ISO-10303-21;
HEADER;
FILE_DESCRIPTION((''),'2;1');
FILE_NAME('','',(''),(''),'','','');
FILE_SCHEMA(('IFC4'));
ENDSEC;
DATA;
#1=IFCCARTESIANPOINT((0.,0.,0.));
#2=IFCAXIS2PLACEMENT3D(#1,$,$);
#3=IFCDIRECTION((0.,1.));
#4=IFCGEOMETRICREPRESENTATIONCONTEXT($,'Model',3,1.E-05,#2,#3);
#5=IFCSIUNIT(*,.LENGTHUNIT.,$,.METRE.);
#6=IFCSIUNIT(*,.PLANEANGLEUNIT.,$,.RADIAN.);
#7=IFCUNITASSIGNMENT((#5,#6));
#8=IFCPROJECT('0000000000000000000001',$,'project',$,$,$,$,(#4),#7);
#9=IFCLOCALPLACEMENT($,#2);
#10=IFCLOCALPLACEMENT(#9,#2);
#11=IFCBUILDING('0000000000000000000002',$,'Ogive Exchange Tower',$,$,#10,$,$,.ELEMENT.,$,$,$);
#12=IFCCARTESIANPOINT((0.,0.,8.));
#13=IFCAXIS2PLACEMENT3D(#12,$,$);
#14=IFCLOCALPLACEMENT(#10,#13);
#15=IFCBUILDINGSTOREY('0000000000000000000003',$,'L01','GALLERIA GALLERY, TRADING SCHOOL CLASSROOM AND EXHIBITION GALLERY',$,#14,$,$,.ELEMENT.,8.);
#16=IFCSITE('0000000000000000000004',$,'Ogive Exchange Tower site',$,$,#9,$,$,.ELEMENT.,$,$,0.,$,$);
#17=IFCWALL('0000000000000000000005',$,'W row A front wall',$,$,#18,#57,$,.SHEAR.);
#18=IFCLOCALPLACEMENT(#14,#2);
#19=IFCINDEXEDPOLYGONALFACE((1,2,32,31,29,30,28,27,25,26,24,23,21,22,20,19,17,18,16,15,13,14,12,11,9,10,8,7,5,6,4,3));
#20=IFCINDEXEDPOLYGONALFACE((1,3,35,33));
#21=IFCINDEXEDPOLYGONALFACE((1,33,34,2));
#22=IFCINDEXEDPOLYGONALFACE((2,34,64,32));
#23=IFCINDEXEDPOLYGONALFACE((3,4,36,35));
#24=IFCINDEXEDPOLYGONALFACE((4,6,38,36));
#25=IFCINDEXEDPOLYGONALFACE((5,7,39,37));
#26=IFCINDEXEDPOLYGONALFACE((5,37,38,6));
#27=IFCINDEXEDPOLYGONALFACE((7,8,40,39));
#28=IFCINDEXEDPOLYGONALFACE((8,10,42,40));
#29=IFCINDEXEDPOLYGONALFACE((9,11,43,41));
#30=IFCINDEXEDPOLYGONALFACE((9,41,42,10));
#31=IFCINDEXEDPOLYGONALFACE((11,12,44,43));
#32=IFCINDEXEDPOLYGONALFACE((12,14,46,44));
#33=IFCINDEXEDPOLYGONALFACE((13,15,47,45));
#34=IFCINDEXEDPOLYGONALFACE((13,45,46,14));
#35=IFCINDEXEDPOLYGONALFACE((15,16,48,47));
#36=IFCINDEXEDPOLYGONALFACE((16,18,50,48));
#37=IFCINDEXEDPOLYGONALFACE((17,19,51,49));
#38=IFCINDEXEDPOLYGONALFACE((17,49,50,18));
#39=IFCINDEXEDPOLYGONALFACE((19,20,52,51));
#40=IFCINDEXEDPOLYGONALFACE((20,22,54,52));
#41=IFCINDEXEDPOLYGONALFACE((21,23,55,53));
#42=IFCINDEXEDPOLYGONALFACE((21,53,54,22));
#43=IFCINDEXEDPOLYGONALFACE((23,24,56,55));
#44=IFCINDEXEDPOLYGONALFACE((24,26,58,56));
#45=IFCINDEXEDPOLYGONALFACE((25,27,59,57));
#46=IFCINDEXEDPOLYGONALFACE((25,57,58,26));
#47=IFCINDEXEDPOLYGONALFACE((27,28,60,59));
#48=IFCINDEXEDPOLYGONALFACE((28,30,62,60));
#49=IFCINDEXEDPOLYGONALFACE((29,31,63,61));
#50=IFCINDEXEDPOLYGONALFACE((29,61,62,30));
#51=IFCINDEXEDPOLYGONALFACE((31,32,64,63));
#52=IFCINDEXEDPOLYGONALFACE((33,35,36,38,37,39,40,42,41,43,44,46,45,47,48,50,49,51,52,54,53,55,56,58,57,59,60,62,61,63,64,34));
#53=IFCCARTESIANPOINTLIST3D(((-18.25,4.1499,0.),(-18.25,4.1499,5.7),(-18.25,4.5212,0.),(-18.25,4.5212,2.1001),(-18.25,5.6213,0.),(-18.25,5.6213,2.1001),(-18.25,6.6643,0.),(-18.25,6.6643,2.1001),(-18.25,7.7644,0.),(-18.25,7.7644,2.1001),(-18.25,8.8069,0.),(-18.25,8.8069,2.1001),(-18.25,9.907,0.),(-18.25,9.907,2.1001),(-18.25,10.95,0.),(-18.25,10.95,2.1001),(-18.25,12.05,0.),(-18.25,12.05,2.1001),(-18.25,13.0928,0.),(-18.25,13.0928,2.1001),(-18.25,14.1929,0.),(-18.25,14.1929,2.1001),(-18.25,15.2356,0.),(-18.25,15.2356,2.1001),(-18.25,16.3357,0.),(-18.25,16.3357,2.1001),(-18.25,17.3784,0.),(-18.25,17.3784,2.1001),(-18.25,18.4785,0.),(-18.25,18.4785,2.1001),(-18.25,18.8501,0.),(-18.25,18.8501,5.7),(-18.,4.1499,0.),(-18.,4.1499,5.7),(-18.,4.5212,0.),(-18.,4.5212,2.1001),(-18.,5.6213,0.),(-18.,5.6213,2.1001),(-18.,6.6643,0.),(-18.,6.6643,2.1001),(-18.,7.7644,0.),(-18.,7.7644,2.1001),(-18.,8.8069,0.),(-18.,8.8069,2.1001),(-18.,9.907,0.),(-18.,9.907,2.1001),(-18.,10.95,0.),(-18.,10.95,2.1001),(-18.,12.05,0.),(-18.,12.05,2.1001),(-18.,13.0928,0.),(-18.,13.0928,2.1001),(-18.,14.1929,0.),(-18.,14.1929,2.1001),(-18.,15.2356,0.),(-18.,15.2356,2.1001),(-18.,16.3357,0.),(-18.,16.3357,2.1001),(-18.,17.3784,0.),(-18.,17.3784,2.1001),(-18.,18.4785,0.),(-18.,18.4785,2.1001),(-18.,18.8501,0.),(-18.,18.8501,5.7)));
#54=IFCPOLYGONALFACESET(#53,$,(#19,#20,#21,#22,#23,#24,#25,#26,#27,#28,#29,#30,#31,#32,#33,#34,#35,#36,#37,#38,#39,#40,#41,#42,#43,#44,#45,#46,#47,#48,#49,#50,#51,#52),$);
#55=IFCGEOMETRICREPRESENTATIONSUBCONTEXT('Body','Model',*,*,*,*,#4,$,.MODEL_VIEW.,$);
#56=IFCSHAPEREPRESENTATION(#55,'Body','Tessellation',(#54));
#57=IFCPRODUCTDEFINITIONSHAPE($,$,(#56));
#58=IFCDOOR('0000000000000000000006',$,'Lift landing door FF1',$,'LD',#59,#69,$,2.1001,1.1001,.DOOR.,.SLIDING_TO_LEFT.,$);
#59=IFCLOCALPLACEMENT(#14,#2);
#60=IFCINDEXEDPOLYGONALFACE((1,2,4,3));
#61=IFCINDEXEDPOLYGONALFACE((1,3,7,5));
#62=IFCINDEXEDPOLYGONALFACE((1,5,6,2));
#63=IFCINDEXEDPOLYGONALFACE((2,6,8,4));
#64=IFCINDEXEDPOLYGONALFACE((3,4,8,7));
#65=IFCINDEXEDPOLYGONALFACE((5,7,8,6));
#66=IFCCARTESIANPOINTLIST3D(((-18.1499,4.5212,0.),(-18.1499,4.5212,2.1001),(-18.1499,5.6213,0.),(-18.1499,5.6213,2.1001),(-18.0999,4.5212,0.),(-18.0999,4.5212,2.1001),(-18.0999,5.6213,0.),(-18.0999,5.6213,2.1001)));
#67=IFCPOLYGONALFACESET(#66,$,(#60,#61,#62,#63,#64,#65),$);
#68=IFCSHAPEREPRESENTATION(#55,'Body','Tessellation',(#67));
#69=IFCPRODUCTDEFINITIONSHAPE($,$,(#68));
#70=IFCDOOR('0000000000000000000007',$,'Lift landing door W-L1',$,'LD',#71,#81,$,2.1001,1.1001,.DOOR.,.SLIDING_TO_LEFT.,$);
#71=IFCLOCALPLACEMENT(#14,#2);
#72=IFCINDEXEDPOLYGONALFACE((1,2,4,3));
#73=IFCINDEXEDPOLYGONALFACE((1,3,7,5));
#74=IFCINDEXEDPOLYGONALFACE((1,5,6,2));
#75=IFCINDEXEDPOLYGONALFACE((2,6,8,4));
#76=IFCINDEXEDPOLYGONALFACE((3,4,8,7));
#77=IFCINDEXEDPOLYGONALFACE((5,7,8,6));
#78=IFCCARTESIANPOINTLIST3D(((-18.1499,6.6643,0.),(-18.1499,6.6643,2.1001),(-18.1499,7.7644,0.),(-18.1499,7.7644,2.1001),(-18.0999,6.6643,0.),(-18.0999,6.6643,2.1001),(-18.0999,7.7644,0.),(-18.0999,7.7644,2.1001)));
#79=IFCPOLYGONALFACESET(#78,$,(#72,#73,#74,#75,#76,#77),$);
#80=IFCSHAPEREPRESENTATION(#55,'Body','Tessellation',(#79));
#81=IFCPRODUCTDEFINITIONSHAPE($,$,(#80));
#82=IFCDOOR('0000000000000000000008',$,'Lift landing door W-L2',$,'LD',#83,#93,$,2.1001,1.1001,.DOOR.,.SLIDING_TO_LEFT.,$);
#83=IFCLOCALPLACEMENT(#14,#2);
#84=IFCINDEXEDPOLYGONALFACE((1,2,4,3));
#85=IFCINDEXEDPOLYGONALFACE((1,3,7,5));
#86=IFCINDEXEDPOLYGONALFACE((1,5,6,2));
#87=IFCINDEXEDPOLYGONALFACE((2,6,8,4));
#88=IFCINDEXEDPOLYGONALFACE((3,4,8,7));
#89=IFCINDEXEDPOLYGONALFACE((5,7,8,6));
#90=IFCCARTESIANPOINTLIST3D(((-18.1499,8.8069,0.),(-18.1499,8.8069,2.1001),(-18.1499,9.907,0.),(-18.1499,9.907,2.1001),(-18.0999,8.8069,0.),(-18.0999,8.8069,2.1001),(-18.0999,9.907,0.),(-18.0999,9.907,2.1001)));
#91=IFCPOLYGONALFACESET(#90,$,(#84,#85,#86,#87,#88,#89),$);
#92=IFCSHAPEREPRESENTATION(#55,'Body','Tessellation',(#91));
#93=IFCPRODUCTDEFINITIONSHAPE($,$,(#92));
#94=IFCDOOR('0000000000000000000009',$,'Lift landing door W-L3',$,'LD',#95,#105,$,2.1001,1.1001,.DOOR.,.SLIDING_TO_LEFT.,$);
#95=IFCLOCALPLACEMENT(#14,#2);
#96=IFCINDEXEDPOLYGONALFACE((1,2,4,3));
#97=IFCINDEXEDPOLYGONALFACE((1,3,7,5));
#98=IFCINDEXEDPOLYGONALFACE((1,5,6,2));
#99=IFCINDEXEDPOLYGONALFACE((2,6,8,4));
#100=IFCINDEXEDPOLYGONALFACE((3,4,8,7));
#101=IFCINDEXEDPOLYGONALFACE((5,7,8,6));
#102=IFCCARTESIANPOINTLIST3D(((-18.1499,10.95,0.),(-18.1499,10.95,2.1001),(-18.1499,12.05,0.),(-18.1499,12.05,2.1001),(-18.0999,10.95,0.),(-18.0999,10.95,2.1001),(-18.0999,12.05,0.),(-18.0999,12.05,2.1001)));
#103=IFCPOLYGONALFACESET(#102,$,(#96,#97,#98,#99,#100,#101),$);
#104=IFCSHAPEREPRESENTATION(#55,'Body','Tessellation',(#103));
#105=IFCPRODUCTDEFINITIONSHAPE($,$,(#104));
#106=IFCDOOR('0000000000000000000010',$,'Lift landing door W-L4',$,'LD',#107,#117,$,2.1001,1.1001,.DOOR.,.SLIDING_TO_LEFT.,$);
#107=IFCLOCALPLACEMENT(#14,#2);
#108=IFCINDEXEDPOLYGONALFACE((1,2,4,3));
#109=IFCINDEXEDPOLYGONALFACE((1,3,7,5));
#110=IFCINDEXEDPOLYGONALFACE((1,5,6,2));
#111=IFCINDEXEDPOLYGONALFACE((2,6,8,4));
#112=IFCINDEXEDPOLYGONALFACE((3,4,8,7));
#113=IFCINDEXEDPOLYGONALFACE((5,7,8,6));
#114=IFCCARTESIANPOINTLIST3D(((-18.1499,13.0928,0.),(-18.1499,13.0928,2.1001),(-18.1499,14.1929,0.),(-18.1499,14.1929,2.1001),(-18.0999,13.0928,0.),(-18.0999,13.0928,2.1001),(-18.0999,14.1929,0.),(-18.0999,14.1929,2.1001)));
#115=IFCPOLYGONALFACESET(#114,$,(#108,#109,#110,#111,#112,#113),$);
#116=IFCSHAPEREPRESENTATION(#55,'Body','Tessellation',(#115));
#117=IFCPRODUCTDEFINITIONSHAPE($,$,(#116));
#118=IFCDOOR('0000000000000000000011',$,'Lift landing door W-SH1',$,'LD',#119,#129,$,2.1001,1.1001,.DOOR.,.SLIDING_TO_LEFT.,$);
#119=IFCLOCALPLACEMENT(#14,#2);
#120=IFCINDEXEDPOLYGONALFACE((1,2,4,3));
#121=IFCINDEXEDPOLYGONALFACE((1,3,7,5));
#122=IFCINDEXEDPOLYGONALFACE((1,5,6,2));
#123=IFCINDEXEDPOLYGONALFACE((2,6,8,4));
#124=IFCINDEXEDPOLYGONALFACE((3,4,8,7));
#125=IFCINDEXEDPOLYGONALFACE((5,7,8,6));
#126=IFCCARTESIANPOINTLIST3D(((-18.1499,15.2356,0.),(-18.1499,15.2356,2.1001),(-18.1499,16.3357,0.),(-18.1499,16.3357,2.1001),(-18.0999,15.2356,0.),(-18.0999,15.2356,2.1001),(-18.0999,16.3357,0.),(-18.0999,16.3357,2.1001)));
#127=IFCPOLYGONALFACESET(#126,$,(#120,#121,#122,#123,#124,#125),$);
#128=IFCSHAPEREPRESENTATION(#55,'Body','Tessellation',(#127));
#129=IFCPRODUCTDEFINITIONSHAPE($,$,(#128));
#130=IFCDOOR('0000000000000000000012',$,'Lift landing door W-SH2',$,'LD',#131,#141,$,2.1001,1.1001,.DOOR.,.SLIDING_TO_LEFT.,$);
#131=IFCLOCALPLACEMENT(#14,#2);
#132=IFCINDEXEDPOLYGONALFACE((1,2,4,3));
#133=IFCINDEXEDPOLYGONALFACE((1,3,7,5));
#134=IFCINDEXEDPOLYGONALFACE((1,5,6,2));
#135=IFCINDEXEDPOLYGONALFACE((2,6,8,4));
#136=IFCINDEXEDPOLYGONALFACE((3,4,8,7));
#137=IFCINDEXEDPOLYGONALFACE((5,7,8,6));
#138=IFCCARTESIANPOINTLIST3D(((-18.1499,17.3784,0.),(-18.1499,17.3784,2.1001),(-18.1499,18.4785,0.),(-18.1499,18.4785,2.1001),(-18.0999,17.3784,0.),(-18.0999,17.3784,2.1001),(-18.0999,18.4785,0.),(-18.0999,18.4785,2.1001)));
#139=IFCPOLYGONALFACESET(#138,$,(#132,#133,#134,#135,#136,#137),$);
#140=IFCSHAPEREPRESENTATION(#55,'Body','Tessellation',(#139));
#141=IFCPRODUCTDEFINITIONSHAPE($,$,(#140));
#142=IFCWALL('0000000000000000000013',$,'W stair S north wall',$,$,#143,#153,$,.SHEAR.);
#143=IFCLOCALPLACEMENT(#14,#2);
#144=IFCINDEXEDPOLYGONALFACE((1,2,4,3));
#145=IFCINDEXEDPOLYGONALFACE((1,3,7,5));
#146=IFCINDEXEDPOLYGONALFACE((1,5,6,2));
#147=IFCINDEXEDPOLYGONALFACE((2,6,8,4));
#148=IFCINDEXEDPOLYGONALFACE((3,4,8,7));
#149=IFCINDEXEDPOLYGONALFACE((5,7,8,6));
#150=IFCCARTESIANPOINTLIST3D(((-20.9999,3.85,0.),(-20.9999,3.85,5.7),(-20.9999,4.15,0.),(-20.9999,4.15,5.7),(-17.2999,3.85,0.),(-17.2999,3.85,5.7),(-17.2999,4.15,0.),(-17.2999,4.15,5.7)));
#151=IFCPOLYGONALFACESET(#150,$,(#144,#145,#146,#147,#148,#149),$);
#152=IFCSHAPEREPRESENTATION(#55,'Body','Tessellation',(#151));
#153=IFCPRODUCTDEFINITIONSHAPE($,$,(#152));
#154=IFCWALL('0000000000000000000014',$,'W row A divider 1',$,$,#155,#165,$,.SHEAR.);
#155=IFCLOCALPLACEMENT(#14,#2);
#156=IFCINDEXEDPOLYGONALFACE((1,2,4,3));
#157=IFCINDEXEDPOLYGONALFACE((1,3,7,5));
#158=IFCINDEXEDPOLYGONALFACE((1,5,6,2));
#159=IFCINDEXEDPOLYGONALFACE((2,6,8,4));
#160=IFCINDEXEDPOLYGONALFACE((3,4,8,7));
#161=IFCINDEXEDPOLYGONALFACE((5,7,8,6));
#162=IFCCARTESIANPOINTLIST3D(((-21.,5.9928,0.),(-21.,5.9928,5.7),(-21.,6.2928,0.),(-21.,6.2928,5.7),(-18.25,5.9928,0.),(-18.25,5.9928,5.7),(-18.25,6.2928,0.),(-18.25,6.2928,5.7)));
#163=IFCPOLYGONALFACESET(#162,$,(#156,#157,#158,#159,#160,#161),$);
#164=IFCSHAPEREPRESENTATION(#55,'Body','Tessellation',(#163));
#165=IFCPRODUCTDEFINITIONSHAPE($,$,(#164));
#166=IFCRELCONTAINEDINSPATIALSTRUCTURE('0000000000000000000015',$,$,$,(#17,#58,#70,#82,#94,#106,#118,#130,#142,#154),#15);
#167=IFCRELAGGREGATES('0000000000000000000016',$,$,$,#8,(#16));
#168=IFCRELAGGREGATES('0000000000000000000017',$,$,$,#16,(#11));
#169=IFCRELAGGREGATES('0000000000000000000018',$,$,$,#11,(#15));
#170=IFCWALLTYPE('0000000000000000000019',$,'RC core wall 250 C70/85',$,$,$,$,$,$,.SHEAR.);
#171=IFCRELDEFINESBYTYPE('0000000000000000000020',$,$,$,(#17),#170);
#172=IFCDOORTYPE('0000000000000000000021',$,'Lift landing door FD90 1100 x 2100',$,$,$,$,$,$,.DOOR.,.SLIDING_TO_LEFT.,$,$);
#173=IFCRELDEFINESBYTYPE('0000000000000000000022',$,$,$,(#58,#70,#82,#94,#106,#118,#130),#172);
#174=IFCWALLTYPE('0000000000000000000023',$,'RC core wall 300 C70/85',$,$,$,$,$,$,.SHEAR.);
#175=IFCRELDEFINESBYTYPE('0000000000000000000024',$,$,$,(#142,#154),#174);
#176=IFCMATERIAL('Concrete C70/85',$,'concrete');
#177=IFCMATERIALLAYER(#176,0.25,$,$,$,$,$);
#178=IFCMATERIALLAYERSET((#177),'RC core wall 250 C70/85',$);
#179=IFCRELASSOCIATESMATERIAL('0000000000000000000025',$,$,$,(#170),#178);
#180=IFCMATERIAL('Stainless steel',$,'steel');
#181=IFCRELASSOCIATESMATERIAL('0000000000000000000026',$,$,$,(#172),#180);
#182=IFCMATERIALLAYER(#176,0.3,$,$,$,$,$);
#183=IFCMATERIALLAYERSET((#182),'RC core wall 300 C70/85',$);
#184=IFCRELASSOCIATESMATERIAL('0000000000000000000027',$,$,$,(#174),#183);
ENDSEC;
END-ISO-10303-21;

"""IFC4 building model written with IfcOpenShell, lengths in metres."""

from ifc_helpers import new_model, si_unit, direction, frame, frame_2d, origin, place, context, subcontext, project, spatial, rectangle, extrude, material, layer, layer_set, type_object, element, fill, save


model = new_model("IFC4")

# Units and contexts
model_context = context("Model", 3, precision=1e-05, world=origin(), true_north=direction((0.0, 1.0)))
body_context = subcontext(model_context, "Body", "Model", "MODEL_VIEW")
ifc_project = project(units=[si_unit("LENGTHUNIT", "METRE"), si_unit("PLANEANGLEUNIT", "RADIAN")], contexts=[model_context])

# Site, building, storey
site_placement = place(None, origin())
site = spatial("IfcSite", under=ifc_project, at=site_placement, Name="Ogive Exchange Tower site", CompositionType="ELEMENT", RefElevation=0.0)
building_placement = place(site_placement, origin())
building = spatial("IfcBuilding", under=site, at=building_placement, Name="Ogive Exchange Tower", CompositionType="ELEMENT")
storey_placement = place(building_placement, frame((0.0, 0.0, 8.0)))
storey = spatial("IfcBuildingStorey", under=building, at=storey_placement, Name="L01", Description="GALLERIA GALLERY, TRADING SCHOOL CLASSROOM AND EXHIBITION GALLERY", CompositionType="ELEMENT", Elevation=8.0)

# Shared definitions
ifc_material_1 = material(Name="Concrete C70/85", Category="concrete")

# Wall, openings, doors
ifc_layer_1 = layer(ifc_material_1, 0.25)
ifc_layer_set_1 = layer_set([ifc_layer_1], Name="RC core wall 250 C70/85")
wall_type_1 = type_object("IfcWallType", Name="RC core wall 250 C70/85", PredefinedType="SHEAR", material=ifc_layer_set_1)
wall_1_placement = place(storey_placement, frame((-18.125, 4.1499, 0.0), z_axis=(0.0, 0.0, 1.0), x_axis=(0.0, 1.0, 0.0)))
wall_1 = element("IfcWall", 1, at=wall_1_placement, inside=storey, type_object=wall_type_1, Name="W row A front wall", PredefinedType="SHEAR", context=body_context, shape_type="SweptSolid", body=[
    extrude(rectangle(XDim=14.7002, YDim=0.25, at=frame_2d((7.3501, 0.0))), origin(), (0.0, 0.0, 1.0), 5.7),
])
opening_1_placement = place(wall_1_placement, frame((0.3713, 0.0, 0.0)))
opening_1 = element("IfcOpeningElement", 2, at=opening_1_placement, cuts=wall_1, PredefinedType="OPENING", context=body_context, shape_type="SweptSolid", body=[
    extrude(rectangle(XDim=1.1001, YDim=2.1001, at=frame_2d((0.55, 1.05))), frame((0.0, 0.135, 0.0), z_axis=(0.0, -1.0, 0.0), x_axis=(1.0, 0.0, 0.0)), (0.0, 0.0, 1.0), 0.27),
])
opening_2_placement = place(wall_1_placement, frame((2.5144, 0.0, 0.0)))
opening_2 = element("IfcOpeningElement", 3, at=opening_2_placement, cuts=wall_1, PredefinedType="OPENING", context=body_context, shape_type="SweptSolid", body=[
    extrude(rectangle(XDim=1.1001, YDim=2.1001, at=frame_2d((0.55, 1.05))), frame((0.0, 0.135, 0.0), z_axis=(0.0, -1.0, 0.0), x_axis=(1.0, 0.0, 0.0)), (0.0, 0.0, 1.0), 0.27),
])
opening_3_placement = place(wall_1_placement, frame((4.657, 0.0, 0.0)))
opening_3 = element("IfcOpeningElement", 4, at=opening_3_placement, cuts=wall_1, PredefinedType="OPENING", context=body_context, shape_type="SweptSolid", body=[
    extrude(rectangle(XDim=1.1001, YDim=2.1001, at=frame_2d((0.55, 1.05))), frame((0.0, 0.135, 0.0), z_axis=(0.0, -1.0, 0.0), x_axis=(1.0, 0.0, 0.0)), (0.0, 0.0, 1.0), 0.27),
])
opening_4_placement = place(wall_1_placement, frame((6.8, 0.0, 0.0)))
opening_4 = element("IfcOpeningElement", 5, at=opening_4_placement, cuts=wall_1, PredefinedType="OPENING", context=body_context, shape_type="SweptSolid", body=[
    extrude(rectangle(XDim=1.1001, YDim=2.1001, at=frame_2d((0.55, 1.05))), frame((0.0, 0.135, 0.0), z_axis=(0.0, -1.0, 0.0), x_axis=(1.0, 0.0, 0.0)), (0.0, 0.0, 1.0), 0.27),
])
opening_5_placement = place(wall_1_placement, frame((8.9429, 0.0, 0.0)))
opening_5 = element("IfcOpeningElement", 6, at=opening_5_placement, cuts=wall_1, PredefinedType="OPENING", context=body_context, shape_type="SweptSolid", body=[
    extrude(rectangle(XDim=1.1001, YDim=2.1001, at=frame_2d((0.55, 1.05))), frame((0.0, 0.135, 0.0), z_axis=(0.0, -1.0, 0.0), x_axis=(1.0, 0.0, 0.0)), (0.0, 0.0, 1.0), 0.27),
])
opening_6_placement = place(wall_1_placement, frame((11.0857, 0.0, 0.0)))
opening_6 = element("IfcOpeningElement", 7, at=opening_6_placement, cuts=wall_1, PredefinedType="OPENING", context=body_context, shape_type="SweptSolid", body=[
    extrude(rectangle(XDim=1.1001, YDim=2.1001, at=frame_2d((0.55, 1.05))), frame((0.0, 0.135, 0.0), z_axis=(0.0, -1.0, 0.0), x_axis=(1.0, 0.0, 0.0)), (0.0, 0.0, 1.0), 0.27),
])
opening_7_placement = place(wall_1_placement, frame((13.2285, 0.0, 0.0)))
opening_7 = element("IfcOpeningElement", 8, at=opening_7_placement, cuts=wall_1, PredefinedType="OPENING", context=body_context, shape_type="SweptSolid", body=[
    extrude(rectangle(XDim=1.1001, YDim=2.1001, at=frame_2d((0.55, 1.05))), frame((0.0, 0.135, 0.0), z_axis=(0.0, -1.0, 0.0), x_axis=(1.0, 0.0, 0.0)), (0.0, 0.0, 1.0), 0.27),
])
ifc_material_2 = material(Name="Stainless steel", Category="steel")
door_type_1 = type_object("IfcDoorType", Name="Lift landing door FD90 1100 x 2100", OperationType="SLIDING_TO_LEFT", PredefinedType="DOOR", material=ifc_material_2)
door_1_placement = place(opening_1_placement, origin())
door_1 = element("IfcDoor", 9, at=door_1_placement, inside=storey, type_object=door_type_1, Name="Lift landing door FF1", ObjectType="LD", OperationType="SLIDING_TO_LEFT", OverallHeight=2.1001, OverallWidth=1.1001, PredefinedType="DOOR", context=body_context, shape_type="SweptSolid", body=[
    extrude(rectangle(XDim=1.1001, YDim=2.1001, at=frame_2d((0.55, 1.05))), frame((0.0, 0.0249, 0.0), z_axis=(0.0, -1.0, 0.0), x_axis=(1.0, 0.0, 0.0)), (0.0, 0.0, 1.0), 0.05),
])
fill(opening_1, door_1)
door_2_placement = place(opening_2_placement, origin())
door_2 = element("IfcDoor", 10, at=door_2_placement, inside=storey, type_object=door_type_1, Name="Lift landing door W-L1", ObjectType="LD", OperationType="SLIDING_TO_LEFT", OverallHeight=2.1001, OverallWidth=1.1001, PredefinedType="DOOR", context=body_context, shape_type="SweptSolid", body=[
    extrude(rectangle(XDim=1.1001, YDim=2.1001, at=frame_2d((0.55, 1.05))), frame((0.0, 0.0249, 0.0), z_axis=(0.0, -1.0, 0.0), x_axis=(1.0, 0.0, 0.0)), (0.0, 0.0, 1.0), 0.05),
])
fill(opening_2, door_2)
door_3_placement = place(opening_3_placement, origin())
door_3 = element("IfcDoor", 11, at=door_3_placement, inside=storey, type_object=door_type_1, Name="Lift landing door W-L2", ObjectType="LD", OperationType="SLIDING_TO_LEFT", OverallHeight=2.1001, OverallWidth=1.1001, PredefinedType="DOOR", context=body_context, shape_type="SweptSolid", body=[
    extrude(rectangle(XDim=1.1001, YDim=2.1001, at=frame_2d((0.55, 1.05))), frame((0.0, 0.0249, 0.0), z_axis=(0.0, -1.0, 0.0), x_axis=(1.0, 0.0, 0.0)), (0.0, 0.0, 1.0), 0.05),
])
fill(opening_3, door_3)
door_4_placement = place(opening_4_placement, origin())
door_4 = element("IfcDoor", 12, at=door_4_placement, inside=storey, type_object=door_type_1, Name="Lift landing door W-L3", ObjectType="LD", OperationType="SLIDING_TO_LEFT", OverallHeight=2.1001, OverallWidth=1.1001, PredefinedType="DOOR", context=body_context, shape_type="SweptSolid", body=[
    extrude(rectangle(XDim=1.1001, YDim=2.1001, at=frame_2d((0.55, 1.05))), frame((0.0, 0.0249, 0.0), z_axis=(0.0, -1.0, 0.0), x_axis=(1.0, 0.0, 0.0)), (0.0, 0.0, 1.0), 0.05),
])
fill(opening_4, door_4)
door_5_placement = place(opening_5_placement, origin())
door_5 = element("IfcDoor", 13, at=door_5_placement, inside=storey, type_object=door_type_1, Name="Lift landing door W-L4", ObjectType="LD", OperationType="SLIDING_TO_LEFT", OverallHeight=2.1001, OverallWidth=1.1001, PredefinedType="DOOR", context=body_context, shape_type="SweptSolid", body=[
    extrude(rectangle(XDim=1.1001, YDim=2.1001, at=frame_2d((0.55, 1.05))), frame((0.0, 0.0249, 0.0), z_axis=(0.0, -1.0, 0.0), x_axis=(1.0, 0.0, 0.0)), (0.0, 0.0, 1.0), 0.05),
])
fill(opening_5, door_5)
door_6_placement = place(opening_6_placement, origin())
door_6 = element("IfcDoor", 14, at=door_6_placement, inside=storey, type_object=door_type_1, Name="Lift landing door W-SH1", ObjectType="LD", OperationType="SLIDING_TO_LEFT", OverallHeight=2.1001, OverallWidth=1.1001, PredefinedType="DOOR", context=body_context, shape_type="SweptSolid", body=[
    extrude(rectangle(XDim=1.1001, YDim=2.1001, at=frame_2d((0.55, 1.05))), frame((0.0, 0.0249, 0.0), z_axis=(0.0, -1.0, 0.0), x_axis=(1.0, 0.0, 0.0)), (0.0, 0.0, 1.0), 0.05),
])
fill(opening_6, door_6)
door_7_placement = place(opening_7_placement, origin())
door_7 = element("IfcDoor", 15, at=door_7_placement, inside=storey, type_object=door_type_1, Name="Lift landing door W-SH2", ObjectType="LD", OperationType="SLIDING_TO_LEFT", OverallHeight=2.1001, OverallWidth=1.1001, PredefinedType="DOOR", context=body_context, shape_type="SweptSolid", body=[
    extrude(rectangle(XDim=1.1001, YDim=2.1001, at=frame_2d((0.55, 1.05))), frame((0.0, 0.0249, 0.0), z_axis=(0.0, -1.0, 0.0), x_axis=(1.0, 0.0, 0.0)), (0.0, 0.0, 1.0), 0.05),
])
fill(opening_7, door_7)

# Walls
ifc_layer_2 = layer(ifc_material_1, 0.3)
ifc_layer_set_2 = layer_set([ifc_layer_2], Name="RC core wall 300 C70/85")
wall_type_2 = type_object("IfcWallType", Name="RC core wall 300 C70/85", PredefinedType="SHEAR", material=ifc_layer_set_2)
wall_2_placement = place(storey_placement, frame((-21.0, 4.0, 0.0), z_axis=(0.0, 0.0, 1.0), x_axis=(1.0, 0.0, 0.0)))
element("IfcWall", 16, at=wall_2_placement, inside=storey, type_object=wall_type_2, Name="W stair S north wall", PredefinedType="SHEAR", context=body_context, shape_type="SweptSolid", body=[
    extrude(rectangle(XDim=3.7, YDim=0.3, at=frame_2d((1.8501, 0.0))), origin(), (0.0, 0.0, 1.0), 5.7),
])
for number, where, z_axis, x_axis, name in (
    (17, (-21.0, 6.1428, 0.0), (0.0, 0.0, 1.0), (1.0, 0.0, 0.0), "W row A divider 1"),
):
    element("IfcWall", number, at=place(storey_placement, frame(where, z_axis=z_axis, x_axis=x_axis)), inside=storey, type_object=wall_type_2, Name=name, PredefinedType="SHEAR", context=body_context, shape_type="SweptSolid", body=[
        extrude(rectangle(XDim=2.75, YDim=0.3, at=frame_2d((1.375, 0.0))), origin(), (0.0, 0.0, 1.0), 5.7),
    ])

save(model, "model.ifc")
